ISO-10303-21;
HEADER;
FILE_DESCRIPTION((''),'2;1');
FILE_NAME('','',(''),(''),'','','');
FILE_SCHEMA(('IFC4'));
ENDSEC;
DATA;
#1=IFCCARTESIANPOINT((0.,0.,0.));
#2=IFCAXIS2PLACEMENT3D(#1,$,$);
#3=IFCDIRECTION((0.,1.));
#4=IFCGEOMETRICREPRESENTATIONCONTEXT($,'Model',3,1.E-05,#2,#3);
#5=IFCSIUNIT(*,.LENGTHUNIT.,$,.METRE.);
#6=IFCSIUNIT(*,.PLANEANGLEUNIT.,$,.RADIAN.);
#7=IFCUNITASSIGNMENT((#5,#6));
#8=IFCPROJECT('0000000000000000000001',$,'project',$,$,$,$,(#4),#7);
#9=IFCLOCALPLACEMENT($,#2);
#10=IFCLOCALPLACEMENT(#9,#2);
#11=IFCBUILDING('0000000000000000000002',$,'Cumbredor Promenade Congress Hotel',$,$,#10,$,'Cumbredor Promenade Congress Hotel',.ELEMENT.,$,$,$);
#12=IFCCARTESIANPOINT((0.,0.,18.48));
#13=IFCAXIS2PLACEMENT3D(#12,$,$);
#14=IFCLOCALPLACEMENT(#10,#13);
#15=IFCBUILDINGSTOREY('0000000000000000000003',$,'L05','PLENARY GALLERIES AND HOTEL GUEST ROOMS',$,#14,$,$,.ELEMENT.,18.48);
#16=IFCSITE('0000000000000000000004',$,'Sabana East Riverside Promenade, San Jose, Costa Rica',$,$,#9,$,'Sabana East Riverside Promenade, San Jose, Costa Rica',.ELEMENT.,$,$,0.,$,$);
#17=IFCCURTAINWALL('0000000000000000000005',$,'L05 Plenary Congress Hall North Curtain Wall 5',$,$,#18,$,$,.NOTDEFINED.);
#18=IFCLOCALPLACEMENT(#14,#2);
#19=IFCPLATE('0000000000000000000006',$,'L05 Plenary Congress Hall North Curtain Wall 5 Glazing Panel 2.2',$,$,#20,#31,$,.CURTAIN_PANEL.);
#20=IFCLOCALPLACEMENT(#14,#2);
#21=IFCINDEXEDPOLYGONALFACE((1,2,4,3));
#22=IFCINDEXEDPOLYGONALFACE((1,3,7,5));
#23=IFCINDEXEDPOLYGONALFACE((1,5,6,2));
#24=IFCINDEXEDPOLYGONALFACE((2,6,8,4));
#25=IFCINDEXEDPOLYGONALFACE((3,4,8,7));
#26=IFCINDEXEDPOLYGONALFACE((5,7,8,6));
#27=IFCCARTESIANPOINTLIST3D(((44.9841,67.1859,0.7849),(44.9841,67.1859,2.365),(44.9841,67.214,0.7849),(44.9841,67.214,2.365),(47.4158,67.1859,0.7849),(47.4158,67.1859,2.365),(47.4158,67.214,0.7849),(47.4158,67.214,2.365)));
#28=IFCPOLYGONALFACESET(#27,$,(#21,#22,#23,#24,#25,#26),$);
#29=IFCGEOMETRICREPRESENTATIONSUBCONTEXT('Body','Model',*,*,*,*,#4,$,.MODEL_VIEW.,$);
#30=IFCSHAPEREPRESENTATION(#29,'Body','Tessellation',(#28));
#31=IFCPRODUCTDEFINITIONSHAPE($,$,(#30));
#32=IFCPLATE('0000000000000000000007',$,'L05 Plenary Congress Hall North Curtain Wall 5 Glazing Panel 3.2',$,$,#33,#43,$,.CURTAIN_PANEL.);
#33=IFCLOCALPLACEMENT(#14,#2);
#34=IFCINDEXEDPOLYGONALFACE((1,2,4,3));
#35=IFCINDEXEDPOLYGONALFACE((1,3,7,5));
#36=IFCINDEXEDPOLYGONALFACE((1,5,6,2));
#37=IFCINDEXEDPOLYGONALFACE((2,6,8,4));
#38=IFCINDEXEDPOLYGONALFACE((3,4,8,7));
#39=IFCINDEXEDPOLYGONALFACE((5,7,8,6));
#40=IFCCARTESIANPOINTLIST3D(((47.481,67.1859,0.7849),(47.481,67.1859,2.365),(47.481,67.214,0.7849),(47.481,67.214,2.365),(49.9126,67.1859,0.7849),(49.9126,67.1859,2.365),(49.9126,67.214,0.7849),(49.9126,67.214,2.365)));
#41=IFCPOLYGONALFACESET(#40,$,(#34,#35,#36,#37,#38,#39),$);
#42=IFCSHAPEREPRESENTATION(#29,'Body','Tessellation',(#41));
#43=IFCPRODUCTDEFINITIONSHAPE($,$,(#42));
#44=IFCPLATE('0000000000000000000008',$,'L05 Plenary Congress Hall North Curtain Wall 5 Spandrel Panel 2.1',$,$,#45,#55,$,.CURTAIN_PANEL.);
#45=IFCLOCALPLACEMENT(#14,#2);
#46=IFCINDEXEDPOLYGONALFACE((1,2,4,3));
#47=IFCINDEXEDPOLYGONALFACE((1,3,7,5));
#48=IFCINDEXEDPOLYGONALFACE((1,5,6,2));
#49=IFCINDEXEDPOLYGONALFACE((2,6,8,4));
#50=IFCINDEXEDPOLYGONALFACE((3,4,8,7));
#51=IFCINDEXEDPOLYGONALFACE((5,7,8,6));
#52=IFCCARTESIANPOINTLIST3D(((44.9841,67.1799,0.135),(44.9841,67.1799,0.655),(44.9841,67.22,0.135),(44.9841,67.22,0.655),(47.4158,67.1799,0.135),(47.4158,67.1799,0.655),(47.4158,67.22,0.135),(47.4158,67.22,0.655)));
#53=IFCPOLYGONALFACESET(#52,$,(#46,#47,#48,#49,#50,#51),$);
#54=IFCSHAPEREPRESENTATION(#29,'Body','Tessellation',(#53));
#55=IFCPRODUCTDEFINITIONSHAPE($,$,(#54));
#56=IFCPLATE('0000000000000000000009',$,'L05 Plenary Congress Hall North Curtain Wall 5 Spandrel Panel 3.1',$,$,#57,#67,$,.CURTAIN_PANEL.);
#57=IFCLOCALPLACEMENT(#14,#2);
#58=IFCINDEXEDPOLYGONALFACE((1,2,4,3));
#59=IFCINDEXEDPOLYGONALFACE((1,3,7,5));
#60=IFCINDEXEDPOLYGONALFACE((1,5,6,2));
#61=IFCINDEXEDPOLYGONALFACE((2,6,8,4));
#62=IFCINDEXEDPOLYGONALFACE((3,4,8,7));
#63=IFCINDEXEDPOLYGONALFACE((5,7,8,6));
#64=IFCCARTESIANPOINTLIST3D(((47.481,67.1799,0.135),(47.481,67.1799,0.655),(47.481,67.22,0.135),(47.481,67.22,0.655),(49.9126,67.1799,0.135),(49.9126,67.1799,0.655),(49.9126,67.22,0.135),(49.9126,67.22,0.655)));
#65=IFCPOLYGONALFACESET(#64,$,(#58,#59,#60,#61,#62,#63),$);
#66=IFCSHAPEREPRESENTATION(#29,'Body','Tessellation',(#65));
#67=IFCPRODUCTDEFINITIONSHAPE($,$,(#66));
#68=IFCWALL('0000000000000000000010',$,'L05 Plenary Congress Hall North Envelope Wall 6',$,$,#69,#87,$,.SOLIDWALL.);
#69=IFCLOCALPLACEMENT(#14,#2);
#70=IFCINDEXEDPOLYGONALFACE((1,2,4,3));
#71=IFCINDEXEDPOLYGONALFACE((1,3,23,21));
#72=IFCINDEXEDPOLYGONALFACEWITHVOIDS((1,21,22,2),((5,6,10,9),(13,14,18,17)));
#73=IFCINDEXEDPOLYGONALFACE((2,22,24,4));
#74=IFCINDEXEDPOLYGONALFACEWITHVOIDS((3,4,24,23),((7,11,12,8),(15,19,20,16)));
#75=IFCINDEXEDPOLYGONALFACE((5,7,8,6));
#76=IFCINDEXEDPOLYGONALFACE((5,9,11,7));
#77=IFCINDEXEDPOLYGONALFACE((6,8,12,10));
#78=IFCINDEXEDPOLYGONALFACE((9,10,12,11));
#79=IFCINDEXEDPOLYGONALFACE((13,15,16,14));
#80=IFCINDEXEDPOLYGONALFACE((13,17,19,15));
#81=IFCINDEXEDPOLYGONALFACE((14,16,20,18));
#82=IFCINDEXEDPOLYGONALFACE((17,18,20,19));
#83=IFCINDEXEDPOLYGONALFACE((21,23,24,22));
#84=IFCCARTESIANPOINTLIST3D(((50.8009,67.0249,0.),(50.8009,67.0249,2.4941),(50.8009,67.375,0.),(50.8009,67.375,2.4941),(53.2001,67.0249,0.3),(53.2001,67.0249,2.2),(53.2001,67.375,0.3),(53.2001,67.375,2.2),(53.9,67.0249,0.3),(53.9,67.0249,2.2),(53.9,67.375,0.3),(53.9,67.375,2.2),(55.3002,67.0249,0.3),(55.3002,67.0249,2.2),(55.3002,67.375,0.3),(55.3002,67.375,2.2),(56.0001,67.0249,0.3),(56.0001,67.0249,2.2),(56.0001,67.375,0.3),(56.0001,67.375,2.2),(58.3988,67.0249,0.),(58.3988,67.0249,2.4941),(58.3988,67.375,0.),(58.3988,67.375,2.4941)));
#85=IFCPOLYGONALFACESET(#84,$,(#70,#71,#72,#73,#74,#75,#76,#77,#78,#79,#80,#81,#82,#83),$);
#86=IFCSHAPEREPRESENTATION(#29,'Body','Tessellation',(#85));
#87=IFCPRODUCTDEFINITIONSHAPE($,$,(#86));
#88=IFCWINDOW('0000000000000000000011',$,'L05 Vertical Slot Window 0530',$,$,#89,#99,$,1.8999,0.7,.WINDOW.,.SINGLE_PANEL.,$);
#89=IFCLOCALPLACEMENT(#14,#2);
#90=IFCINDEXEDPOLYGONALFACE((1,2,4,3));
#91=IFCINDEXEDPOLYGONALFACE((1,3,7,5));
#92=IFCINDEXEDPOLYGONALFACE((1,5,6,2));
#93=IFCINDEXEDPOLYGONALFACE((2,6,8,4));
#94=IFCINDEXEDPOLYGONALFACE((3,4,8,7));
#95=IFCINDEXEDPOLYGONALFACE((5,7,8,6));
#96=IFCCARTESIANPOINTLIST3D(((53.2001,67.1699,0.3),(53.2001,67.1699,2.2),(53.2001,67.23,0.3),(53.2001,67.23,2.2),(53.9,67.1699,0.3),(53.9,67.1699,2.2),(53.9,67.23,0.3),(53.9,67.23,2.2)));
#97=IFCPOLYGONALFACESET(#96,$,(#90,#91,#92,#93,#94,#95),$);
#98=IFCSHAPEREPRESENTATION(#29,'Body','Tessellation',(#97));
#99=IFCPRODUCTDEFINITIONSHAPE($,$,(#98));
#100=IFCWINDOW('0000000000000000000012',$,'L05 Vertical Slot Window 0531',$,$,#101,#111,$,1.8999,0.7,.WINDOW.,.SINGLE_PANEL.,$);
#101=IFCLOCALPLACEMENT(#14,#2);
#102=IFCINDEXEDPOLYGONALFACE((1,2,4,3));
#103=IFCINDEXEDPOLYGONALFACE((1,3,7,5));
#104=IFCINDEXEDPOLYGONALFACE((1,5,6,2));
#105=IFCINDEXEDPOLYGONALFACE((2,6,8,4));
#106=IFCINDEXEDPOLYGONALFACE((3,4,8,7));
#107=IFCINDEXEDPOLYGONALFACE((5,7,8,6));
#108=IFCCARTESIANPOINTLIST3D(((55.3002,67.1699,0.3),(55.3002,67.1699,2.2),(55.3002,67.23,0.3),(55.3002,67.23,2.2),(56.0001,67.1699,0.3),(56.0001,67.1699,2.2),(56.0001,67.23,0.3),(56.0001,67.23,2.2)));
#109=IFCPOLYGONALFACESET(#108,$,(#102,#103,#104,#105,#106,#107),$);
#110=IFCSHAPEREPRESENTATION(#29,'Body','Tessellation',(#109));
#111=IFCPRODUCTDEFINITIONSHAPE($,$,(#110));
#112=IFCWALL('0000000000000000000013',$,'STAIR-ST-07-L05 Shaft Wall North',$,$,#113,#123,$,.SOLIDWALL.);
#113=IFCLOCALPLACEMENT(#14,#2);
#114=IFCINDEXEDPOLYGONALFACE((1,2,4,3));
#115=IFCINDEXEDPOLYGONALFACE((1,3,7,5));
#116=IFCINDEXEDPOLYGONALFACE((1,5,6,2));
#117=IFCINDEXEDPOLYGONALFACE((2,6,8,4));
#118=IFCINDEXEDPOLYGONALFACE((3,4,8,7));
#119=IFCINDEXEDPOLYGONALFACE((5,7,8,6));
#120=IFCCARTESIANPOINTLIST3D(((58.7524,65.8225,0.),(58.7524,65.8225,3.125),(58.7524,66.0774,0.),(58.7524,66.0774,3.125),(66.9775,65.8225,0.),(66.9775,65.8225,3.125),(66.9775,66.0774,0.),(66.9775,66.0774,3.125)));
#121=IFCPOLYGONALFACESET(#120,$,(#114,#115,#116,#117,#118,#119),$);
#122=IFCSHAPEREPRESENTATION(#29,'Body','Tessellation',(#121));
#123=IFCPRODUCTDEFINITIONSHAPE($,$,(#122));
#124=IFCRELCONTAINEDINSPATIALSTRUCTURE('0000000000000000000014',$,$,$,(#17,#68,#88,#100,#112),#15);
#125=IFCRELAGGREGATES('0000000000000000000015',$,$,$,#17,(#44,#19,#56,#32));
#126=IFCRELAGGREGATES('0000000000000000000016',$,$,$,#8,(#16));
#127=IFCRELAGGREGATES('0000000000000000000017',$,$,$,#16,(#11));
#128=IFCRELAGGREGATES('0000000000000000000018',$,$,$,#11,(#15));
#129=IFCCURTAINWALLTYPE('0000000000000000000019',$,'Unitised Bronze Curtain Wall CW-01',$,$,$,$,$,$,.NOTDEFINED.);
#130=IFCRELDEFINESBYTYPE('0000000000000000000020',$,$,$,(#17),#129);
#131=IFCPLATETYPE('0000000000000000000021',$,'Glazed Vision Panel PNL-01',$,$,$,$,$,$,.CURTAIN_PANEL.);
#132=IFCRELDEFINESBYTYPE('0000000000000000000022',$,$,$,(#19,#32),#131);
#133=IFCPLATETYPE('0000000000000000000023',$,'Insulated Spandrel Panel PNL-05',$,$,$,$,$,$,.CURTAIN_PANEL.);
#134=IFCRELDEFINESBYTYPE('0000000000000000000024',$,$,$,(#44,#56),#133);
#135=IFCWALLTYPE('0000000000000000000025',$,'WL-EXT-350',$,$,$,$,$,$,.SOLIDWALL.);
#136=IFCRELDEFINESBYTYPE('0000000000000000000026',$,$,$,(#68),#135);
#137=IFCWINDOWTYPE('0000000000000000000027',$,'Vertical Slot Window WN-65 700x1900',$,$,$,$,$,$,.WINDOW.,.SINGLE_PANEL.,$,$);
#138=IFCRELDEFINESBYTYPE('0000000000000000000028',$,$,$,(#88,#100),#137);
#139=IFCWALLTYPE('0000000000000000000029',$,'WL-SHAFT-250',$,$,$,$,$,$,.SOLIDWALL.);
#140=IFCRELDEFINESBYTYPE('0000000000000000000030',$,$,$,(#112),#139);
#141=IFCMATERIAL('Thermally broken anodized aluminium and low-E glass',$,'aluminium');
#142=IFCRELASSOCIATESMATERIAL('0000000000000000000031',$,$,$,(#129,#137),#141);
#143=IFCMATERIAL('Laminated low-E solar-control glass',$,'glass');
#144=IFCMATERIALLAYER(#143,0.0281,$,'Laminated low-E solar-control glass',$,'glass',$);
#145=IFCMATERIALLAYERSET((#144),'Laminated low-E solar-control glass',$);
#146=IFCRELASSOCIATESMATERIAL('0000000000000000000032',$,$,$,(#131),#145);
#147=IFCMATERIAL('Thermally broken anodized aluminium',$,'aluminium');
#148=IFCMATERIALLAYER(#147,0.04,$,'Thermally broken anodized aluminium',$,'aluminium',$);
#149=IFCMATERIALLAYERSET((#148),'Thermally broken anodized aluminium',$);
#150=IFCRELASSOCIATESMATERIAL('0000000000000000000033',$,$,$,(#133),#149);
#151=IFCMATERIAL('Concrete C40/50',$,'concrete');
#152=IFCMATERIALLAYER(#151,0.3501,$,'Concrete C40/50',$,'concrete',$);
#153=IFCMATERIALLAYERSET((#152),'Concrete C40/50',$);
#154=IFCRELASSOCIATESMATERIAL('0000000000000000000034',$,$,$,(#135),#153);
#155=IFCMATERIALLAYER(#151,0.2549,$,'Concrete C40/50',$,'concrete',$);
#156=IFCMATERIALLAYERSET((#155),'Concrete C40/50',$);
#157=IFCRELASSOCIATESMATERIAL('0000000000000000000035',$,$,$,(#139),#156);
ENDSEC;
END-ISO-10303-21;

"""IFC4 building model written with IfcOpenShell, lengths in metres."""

from ifc_helpers import new_model, si_unit, direction, frame, frame_2d, origin, origin_2d, place, context, subcontext, project, spatial, rectangle, extrude, material, layer, layer_set, type_object, element, fill, aggregate, save


model = new_model("IFC4")

# Units and contexts
model_context = context("Model", 3, precision=1e-05, world=origin(), true_north=direction((0.0, 1.0)))
body_context = subcontext(model_context, "Body", "Model", "MODEL_VIEW")
ifc_project = project(units=[si_unit("LENGTHUNIT", "METRE"), si_unit("PLANEANGLEUNIT", "RADIAN")], contexts=[model_context])

# Site, building, storey
site_placement = place(None, origin())
site = spatial("IfcSite", under=ifc_project, at=site_placement, Name="Sabana East Riverside Promenade, San Jose, Costa Rica", LongName="Sabana East Riverside Promenade, San Jose, Costa Rica", CompositionType="ELEMENT", RefElevation=0.0)
building_placement = place(site_placement, origin())
building = spatial("IfcBuilding", under=site, at=building_placement, Name="Cumbredor Promenade Congress Hotel", LongName="Cumbredor Promenade Congress Hotel", CompositionType="ELEMENT")
storey_placement = place(building_placement, frame((0.0, 0.0, 18.48)))
storey = spatial("IfcBuildingStorey", under=building, at=storey_placement, Name="L05", Description="PLENARY GALLERIES AND HOTEL GUEST ROOMS", CompositionType="ELEMENT", Elevation=18.48)

# Curtain wall, plates
ifc_material_1 = material(Name="Thermally broken anodized aluminium and low-E glass", Category="aluminium")
curtain_wall_type = type_object("IfcCurtainWallType", Name="Unitised Bronze Curtain Wall CW-01", PredefinedType="NOTDEFINED", material=ifc_material_1)
curtain_wall_placement = place(storey_placement, origin())
curtain_wall = element("IfcCurtainWall", 1, at=curtain_wall_placement, inside=storey, type_object=curtain_wall_type, Name="L05 Plenary Congress Hall North Curtain Wall 5", PredefinedType="NOTDEFINED")
ifc_material_2 = material(Name="Thermally broken anodized aluminium", Category="aluminium")
ifc_material_3 = material(Name="Laminated low-E solar-control glass", Category="glass")
ifc_layer_1 = layer(ifc_material_3, 0.0281, Name="Laminated low-E solar-control glass", Category="glass")
ifc_layer_set_1 = layer_set([ifc_layer_1], Name="Laminated low-E solar-control glass")
plate_type_1 = type_object("IfcPlateType", Name="Glazed Vision Panel PNL-01", PredefinedType="CURTAIN_PANEL", material=ifc_layer_set_1)
plate_1_placement = place(storey_placement, frame((46.2, 67.2, 0.7849), z_axis=(0.0, 0.0, 1.0), x_axis=(1.0, 0.0, 0.0)))
plate_1 = element("IfcPlate", 2, at=plate_1_placement, type_object=plate_type_1, Name="L05 Plenary Congress Hall North Curtain Wall 5 Glazing Panel 2.2", PredefinedType="CURTAIN_PANEL", context=body_context, shape_type="SweptSolid", body=[
    extrude(rectangle(XDim=2.4316, YDim=0.0281, at=origin_2d()), origin(), (0.0, 0.0, 1.0), 1.5801),
])
plate_2_placement = place(storey_placement, frame((48.6968, 67.2, 0.7849), z_axis=(0.0, 0.0, 1.0), x_axis=(1.0, 0.0, 0.0)))
plate_2 = element("IfcPlate", 3, at=plate_2_placement, type_object=plate_type_1, Name="L05 Plenary Congress Hall North Curtain Wall 5 Glazing Panel 3.2", PredefinedType="CURTAIN_PANEL", context=body_context, shape_type="SweptSolid", body=[
    extrude(rectangle(XDim=2.4316, YDim=0.0281, at=origin_2d()), origin(), (0.0, 0.0, 1.0), 1.5801),
])
ifc_layer_2 = layer(ifc_material_2, 0.04, Name="Thermally broken anodized aluminium", Category="aluminium")
ifc_layer_set_2 = layer_set([ifc_layer_2], Name="Thermally broken anodized aluminium")
plate_type_2 = type_object("IfcPlateType", Name="Insulated Spandrel Panel PNL-05", PredefinedType="CURTAIN_PANEL", material=ifc_layer_set_2)
plate_3_placement = place(storey_placement, frame((46.2, 67.2, 0.135), z_axis=(0.0, 0.0, 1.0), x_axis=(1.0, 0.0, 0.0)))
plate_3 = element("IfcPlate", 4, at=plate_3_placement, type_object=plate_type_2, Name="L05 Plenary Congress Hall North Curtain Wall 5 Spandrel Panel 2.1", PredefinedType="CURTAIN_PANEL", context=body_context, shape_type="SweptSolid", body=[
    extrude(rectangle(XDim=2.4316, YDim=0.04, at=origin_2d()), origin(), (0.0, 0.0, 1.0), 0.52),
])
plate_4_placement = place(storey_placement, frame((48.6968, 67.2, 0.135), z_axis=(0.0, 0.0, 1.0), x_axis=(1.0, 0.0, 0.0)))
plate_4 = element("IfcPlate", 5, at=plate_4_placement, type_object=plate_type_2, Name="L05 Plenary Congress Hall North Curtain Wall 5 Spandrel Panel 3.1", PredefinedType="CURTAIN_PANEL", context=body_context, shape_type="SweptSolid", body=[
    extrude(rectangle(XDim=2.4316, YDim=0.04, at=origin_2d()), origin(), (0.0, 0.0, 1.0), 0.52),
])
aggregate(curtain_wall, [plate_3, plate_1, plate_4, plate_2])

# Wall, openings, windows
ifc_material_4 = material(Name="Concrete C40/50", Category="concrete")
ifc_layer_3 = layer(ifc_material_4, 0.3501, Name="Concrete C40/50", Category="concrete")
ifc_layer_set_3 = layer_set([ifc_layer_3], Name="Concrete C40/50")
wall_type_1 = type_object("IfcWallType", Name="WL-EXT-350", PredefinedType="SOLIDWALL", material=ifc_layer_set_3)
wall_1_placement = place(storey_placement, frame((50.801, 67.2, 0.0), z_axis=(0.0, 0.0, 1.0), x_axis=(1.0, 0.0, 0.0)))
wall_1 = element("IfcWall", 6, at=wall_1_placement, inside=storey, type_object=wall_type_1, Name="L05 Plenary Congress Hall North Envelope Wall 6", PredefinedType="SOLIDWALL", context=body_context, shape_type="SweptSolid", body=[
    extrude(rectangle(XDim=7.5979, YDim=0.3501, at=frame_2d((3.7988, 0.0))), origin(), (0.0, 0.0, 1.0), 2.4941),
])
opening_1_placement = place(wall_1_placement, frame((2.3989, 0.0, 0.3)))
opening_1 = element("IfcOpeningElement", 7, at=opening_1_placement, cuts=wall_1, PredefinedType="OPENING", context=body_context, shape_type="SweptSolid", body=[
    extrude(rectangle(XDim=0.7, YDim=1.8999, at=frame_2d((0.3501, 0.95))), frame((0.0, 0.1851, 0.0), z_axis=(0.0, -1.0, 0.0), x_axis=(1.0, 0.0, 0.0)), (0.0, 0.0, 1.0), 0.3701),
])
opening_2_placement = place(wall_1_placement, frame((4.499, 0.0, 0.3)))
opening_2 = element("IfcOpeningElement", 8, at=opening_2_placement, cuts=wall_1, PredefinedType="OPENING", context=body_context, shape_type="SweptSolid", body=[
    extrude(rectangle(XDim=0.7, YDim=1.8999, at=frame_2d((0.3501, 0.95))), frame((0.0, 0.1851, 0.0), z_axis=(0.0, -1.0, 0.0), x_axis=(1.0, 0.0, 0.0)), (0.0, 0.0, 1.0), 0.3701),
])
window_type = type_object("IfcWindowType", Name="Vertical Slot Window WN-65 700x1900", PartitioningType="SINGLE_PANEL", PredefinedType="WINDOW", material=ifc_material_1)
window_1_placement = place(opening_1_placement, origin())
window_1 = element("IfcWindow", 9, at=window_1_placement, inside=storey, type_object=window_type, Name="L05 Vertical Slot Window 0530", OverallHeight=1.8999, OverallWidth=0.7, PartitioningType="SINGLE_PANEL", PredefinedType="WINDOW", context=body_context, shape_type="SweptSolid", body=[
    extrude(rectangle(XDim=0.7, YDim=1.8999, at=frame_2d((0.3501, 0.95))), frame((0.0, 0.03, 0.0), z_axis=(0.0, -1.0, 0.0), x_axis=(1.0, 0.0, 0.0)), (0.0, 0.0, 1.0), 0.0601),
])
fill(opening_1, window_1)
window_2_placement = place(opening_2_placement, origin())
window_2 = element("IfcWindow", 10, at=window_2_placement, inside=storey, type_object=window_type, Name="L05 Vertical Slot Window 0531", OverallHeight=1.8999, OverallWidth=0.7, PartitioningType="SINGLE_PANEL", PredefinedType="WINDOW", context=body_context, shape_type="SweptSolid", body=[
    extrude(rectangle(XDim=0.7, YDim=1.8999, at=frame_2d((0.3501, 0.95))), frame((0.0, 0.03, 0.0), z_axis=(0.0, -1.0, 0.0), x_axis=(1.0, 0.0, 0.0)), (0.0, 0.0, 1.0), 0.0601),
])
fill(opening_2, window_2)

# Wall
ifc_layer_4 = layer(ifc_material_4, 0.2549, Name="Concrete C40/50", Category="concrete")
ifc_layer_set_4 = layer_set([ifc_layer_4], Name="Concrete C40/50")
wall_type_2 = type_object("IfcWallType", Name="WL-SHAFT-250", PredefinedType="SOLIDWALL", material=ifc_layer_set_4)
wall_2_placement = place(storey_placement, frame((58.7524, 65.95, 0.0), z_axis=(0.0, 0.0, 1.0), x_axis=(1.0, 0.0, 0.0)))
element("IfcWall", 11, at=wall_2_placement, inside=storey, type_object=wall_type_2, Name="STAIR-ST-07-L05 Shaft Wall North", PredefinedType="SOLIDWALL", context=body_context, shape_type="SweptSolid", body=[
    extrude(rectangle(XDim=8.2251, YDim=0.2549, at=frame_2d((4.1125, 0.0))), origin(), (0.0, 0.0, 1.0), 3.125),
])

save(model, "model.ifc")
